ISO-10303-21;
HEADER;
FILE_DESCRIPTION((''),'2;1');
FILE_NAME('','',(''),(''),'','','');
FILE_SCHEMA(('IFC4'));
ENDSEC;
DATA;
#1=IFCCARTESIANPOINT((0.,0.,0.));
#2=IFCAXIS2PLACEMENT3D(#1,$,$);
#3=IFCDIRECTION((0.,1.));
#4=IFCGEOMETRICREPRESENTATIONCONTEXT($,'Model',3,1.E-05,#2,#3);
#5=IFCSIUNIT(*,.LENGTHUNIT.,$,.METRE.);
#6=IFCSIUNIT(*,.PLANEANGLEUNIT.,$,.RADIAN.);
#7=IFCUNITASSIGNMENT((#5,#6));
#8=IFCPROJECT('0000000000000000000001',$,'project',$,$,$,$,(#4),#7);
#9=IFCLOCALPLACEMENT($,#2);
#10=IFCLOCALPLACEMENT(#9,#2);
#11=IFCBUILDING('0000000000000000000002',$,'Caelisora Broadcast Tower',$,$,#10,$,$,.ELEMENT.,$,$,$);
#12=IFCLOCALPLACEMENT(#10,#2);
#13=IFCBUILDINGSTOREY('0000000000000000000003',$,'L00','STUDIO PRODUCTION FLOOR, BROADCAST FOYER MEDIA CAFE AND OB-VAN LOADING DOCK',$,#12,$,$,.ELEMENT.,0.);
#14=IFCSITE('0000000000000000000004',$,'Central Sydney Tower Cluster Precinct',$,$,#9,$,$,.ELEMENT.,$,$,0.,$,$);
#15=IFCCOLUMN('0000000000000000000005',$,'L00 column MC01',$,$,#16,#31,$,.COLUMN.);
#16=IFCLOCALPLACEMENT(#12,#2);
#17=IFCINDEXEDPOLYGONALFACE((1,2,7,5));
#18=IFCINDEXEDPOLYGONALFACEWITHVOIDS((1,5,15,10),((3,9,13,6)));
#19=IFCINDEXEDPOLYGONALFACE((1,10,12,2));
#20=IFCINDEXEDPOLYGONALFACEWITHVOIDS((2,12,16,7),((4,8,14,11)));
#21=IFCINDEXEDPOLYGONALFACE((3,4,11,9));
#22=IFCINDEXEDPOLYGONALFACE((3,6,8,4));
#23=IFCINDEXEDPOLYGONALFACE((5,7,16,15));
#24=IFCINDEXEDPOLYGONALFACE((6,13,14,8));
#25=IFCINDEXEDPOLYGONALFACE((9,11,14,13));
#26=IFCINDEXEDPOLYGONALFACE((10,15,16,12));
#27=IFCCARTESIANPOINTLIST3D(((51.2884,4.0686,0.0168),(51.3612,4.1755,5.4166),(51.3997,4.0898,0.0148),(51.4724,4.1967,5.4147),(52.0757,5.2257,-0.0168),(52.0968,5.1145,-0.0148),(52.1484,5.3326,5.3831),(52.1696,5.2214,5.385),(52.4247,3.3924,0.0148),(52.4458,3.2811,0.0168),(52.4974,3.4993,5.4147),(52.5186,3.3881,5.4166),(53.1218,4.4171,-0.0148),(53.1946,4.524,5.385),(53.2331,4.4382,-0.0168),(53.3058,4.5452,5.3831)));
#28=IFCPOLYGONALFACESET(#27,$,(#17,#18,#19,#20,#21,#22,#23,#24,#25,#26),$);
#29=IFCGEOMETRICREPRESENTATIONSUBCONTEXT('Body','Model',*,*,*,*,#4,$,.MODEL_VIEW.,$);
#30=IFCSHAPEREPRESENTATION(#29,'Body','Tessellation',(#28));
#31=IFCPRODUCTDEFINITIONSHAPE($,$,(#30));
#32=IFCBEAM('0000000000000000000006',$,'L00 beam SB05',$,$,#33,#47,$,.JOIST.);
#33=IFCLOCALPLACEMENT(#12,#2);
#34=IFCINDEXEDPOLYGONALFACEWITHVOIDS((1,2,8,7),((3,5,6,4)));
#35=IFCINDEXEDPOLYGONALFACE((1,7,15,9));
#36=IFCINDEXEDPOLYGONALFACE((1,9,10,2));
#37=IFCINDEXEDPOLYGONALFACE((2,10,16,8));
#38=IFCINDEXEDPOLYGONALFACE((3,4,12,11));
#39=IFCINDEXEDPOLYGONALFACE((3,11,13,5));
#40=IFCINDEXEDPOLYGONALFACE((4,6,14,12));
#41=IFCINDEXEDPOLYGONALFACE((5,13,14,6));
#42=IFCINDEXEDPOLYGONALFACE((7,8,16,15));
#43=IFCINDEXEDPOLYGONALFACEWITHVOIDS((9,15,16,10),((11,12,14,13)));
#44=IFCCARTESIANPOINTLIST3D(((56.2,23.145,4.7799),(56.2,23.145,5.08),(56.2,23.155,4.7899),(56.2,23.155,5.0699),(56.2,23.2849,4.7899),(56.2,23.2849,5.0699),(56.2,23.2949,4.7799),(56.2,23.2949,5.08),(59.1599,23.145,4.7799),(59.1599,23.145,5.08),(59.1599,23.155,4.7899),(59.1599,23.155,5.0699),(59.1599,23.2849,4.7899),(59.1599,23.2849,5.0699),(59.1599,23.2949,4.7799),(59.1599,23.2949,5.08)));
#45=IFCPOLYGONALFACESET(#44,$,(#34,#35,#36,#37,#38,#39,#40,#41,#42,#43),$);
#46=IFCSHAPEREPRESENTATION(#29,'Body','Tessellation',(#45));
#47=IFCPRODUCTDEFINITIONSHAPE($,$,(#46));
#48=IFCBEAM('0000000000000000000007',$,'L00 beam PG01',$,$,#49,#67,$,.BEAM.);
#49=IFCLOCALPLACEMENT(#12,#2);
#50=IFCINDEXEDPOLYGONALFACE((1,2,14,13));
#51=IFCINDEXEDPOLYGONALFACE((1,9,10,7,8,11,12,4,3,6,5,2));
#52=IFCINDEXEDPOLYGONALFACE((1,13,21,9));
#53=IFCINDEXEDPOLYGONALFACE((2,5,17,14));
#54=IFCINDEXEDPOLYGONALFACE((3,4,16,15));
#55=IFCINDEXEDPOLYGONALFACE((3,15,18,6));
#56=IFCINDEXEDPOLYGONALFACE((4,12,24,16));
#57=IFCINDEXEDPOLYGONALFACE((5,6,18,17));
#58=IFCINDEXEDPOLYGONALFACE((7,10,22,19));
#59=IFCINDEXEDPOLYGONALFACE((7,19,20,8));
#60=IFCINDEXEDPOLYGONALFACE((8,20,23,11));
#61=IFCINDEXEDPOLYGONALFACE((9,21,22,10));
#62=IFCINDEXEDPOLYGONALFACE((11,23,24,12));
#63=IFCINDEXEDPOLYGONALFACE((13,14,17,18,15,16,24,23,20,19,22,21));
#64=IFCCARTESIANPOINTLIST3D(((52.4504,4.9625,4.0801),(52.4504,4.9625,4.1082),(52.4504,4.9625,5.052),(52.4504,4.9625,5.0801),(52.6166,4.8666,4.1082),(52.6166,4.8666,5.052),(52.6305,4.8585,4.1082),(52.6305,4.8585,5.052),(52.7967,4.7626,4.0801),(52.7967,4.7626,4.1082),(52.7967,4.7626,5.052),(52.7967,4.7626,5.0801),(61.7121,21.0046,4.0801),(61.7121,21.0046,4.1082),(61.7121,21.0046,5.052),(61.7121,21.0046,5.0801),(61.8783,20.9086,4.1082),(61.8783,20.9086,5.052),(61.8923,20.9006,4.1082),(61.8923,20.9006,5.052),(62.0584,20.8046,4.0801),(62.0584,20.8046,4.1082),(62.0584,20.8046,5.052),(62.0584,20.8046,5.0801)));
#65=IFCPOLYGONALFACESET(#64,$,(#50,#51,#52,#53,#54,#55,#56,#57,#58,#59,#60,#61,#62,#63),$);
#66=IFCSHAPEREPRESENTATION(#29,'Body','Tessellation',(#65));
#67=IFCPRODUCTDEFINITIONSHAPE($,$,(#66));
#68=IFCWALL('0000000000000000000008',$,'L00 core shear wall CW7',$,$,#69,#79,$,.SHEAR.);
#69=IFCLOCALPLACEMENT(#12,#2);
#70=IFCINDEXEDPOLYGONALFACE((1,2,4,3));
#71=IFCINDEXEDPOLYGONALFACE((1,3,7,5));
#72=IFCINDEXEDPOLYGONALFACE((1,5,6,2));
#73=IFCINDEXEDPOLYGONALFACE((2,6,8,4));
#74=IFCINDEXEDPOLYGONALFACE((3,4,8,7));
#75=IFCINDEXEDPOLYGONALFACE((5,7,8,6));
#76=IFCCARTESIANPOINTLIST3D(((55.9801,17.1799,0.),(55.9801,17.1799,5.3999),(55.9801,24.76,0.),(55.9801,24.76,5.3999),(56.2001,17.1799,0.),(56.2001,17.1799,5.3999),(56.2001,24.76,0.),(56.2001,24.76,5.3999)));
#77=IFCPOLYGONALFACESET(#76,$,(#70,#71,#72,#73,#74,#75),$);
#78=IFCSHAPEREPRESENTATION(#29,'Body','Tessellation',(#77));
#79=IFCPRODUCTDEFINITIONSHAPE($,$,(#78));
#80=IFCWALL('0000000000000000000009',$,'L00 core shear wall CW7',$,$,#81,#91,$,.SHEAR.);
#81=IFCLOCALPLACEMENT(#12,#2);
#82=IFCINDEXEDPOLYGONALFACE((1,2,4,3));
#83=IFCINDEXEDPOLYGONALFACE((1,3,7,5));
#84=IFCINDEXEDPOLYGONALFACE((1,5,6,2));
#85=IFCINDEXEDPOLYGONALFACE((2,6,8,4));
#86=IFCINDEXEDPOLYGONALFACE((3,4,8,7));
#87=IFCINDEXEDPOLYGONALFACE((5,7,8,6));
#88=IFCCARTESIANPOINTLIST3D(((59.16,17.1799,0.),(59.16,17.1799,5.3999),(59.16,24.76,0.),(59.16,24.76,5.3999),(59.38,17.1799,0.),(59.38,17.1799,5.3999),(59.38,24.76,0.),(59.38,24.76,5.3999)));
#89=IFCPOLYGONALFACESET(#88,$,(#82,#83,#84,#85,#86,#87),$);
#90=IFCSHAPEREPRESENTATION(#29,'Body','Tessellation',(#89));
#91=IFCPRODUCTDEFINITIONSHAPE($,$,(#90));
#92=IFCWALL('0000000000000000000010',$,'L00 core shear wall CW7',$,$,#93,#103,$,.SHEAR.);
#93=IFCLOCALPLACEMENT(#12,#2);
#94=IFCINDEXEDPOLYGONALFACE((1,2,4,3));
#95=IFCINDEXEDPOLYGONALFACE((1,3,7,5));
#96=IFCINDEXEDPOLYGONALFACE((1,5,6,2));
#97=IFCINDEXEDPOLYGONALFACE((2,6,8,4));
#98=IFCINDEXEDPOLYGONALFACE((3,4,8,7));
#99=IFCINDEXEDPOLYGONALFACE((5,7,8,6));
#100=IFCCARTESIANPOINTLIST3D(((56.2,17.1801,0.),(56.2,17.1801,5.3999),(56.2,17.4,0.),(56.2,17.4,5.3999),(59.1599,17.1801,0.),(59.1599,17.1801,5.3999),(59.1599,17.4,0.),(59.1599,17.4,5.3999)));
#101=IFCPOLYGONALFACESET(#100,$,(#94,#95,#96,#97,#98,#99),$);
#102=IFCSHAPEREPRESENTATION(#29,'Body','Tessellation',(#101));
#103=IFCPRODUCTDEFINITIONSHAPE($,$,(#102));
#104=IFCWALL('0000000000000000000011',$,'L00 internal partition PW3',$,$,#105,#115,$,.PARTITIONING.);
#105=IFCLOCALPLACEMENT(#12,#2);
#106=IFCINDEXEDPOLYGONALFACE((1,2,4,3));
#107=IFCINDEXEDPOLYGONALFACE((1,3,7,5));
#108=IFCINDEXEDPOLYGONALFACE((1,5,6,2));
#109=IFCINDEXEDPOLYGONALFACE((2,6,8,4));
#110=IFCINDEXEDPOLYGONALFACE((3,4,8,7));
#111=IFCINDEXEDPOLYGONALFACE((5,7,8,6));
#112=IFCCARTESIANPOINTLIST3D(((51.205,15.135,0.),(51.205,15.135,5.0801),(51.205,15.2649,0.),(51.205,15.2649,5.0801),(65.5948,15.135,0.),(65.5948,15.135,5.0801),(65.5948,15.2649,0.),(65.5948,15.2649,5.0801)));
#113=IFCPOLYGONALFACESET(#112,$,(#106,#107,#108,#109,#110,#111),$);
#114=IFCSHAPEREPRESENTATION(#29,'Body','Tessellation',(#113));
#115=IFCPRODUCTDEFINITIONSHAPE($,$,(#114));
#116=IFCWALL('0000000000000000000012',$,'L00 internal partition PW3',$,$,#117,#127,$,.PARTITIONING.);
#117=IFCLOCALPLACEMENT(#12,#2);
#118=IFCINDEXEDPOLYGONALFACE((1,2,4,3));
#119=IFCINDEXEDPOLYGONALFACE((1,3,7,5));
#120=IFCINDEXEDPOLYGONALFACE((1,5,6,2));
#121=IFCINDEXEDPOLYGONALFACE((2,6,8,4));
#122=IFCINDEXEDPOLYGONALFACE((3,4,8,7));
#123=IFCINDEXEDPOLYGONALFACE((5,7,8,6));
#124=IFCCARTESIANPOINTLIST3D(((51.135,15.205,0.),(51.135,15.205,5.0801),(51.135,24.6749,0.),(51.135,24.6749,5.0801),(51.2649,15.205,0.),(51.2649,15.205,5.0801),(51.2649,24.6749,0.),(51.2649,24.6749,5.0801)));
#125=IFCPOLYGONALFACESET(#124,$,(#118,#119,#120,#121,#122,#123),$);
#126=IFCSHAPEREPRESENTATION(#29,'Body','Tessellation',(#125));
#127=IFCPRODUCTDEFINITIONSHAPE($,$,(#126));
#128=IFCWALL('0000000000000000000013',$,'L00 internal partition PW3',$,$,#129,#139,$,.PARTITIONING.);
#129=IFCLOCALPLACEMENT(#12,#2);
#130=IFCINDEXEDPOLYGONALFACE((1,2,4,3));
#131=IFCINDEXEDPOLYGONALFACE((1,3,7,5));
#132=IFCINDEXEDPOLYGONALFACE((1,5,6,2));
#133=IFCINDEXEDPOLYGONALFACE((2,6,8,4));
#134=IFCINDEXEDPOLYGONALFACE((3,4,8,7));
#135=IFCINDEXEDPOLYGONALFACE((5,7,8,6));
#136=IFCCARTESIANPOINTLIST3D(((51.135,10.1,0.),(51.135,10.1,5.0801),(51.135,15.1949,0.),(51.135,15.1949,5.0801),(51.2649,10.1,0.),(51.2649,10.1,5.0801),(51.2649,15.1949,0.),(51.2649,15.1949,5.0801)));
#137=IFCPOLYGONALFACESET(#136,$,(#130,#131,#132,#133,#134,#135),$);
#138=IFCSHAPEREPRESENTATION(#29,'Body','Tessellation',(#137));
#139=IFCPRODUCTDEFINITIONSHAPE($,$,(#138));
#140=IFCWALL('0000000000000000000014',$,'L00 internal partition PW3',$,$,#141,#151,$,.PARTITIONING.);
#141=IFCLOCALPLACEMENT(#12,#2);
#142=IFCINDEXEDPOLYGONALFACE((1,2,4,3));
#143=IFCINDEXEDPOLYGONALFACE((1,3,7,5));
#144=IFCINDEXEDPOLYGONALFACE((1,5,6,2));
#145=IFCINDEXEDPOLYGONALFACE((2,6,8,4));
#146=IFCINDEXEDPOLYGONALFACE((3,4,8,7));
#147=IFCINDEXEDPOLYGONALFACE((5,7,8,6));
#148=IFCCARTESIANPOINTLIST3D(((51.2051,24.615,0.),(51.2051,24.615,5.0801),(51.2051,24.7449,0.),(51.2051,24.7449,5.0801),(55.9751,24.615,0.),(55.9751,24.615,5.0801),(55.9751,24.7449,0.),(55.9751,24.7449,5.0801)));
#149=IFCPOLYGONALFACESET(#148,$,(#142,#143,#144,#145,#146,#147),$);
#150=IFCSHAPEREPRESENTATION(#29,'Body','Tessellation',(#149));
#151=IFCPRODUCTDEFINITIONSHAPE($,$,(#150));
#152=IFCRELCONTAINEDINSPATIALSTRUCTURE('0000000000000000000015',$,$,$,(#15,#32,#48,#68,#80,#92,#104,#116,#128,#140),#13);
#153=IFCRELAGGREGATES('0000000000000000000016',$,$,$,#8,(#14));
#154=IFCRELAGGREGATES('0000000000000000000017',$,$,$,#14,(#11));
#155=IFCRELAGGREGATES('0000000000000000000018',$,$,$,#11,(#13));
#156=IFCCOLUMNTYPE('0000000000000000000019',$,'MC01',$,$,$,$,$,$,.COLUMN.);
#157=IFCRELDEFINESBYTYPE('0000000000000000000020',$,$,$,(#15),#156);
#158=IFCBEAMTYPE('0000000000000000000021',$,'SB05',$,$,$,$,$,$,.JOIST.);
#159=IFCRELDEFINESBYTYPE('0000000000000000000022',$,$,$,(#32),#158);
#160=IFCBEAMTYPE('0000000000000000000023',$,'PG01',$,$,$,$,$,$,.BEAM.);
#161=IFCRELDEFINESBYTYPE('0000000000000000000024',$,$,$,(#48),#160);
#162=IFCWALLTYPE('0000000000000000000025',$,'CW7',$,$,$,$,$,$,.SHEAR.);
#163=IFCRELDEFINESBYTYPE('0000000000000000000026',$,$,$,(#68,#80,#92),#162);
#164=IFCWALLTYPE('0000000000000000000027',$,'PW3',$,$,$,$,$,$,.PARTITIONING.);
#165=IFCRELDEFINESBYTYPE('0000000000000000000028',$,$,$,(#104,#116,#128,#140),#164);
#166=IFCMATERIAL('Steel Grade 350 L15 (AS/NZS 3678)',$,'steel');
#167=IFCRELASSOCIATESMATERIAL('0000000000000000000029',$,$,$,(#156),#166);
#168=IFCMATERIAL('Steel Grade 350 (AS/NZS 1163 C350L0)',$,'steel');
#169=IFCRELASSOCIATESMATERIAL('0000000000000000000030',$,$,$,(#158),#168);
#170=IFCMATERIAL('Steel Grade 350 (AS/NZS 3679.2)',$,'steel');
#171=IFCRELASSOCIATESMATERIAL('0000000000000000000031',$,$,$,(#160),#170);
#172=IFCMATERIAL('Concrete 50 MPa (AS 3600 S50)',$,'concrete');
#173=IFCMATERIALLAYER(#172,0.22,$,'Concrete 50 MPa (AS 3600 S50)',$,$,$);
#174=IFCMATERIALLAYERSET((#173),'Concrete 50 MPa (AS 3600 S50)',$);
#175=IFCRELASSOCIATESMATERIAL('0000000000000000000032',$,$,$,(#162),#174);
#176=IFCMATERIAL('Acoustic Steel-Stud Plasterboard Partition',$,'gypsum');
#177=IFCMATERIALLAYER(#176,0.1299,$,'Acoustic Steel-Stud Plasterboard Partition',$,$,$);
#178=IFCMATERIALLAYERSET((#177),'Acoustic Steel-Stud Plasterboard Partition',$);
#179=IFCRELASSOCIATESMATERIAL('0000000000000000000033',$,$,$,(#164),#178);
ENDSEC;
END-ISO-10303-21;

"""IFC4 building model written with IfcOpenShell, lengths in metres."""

from ifc_helpers import new_model, si_unit, direction, frame, frame_2d, origin, origin_2d, place, context, subcontext, project, spatial, rectangle, hollow_rectangle, i_section, extrude, source, transform, mapped, material, layer, layer_set, material_profile, profile_set, type_object, type_shapes, element, save


model = new_model("IFC4")

# Units and contexts
model_context = context("Model", 3, precision=1e-05, world=origin(), true_north=direction((0.0, 1.0)))
body_context = subcontext(model_context, "Body", "Model", "MODEL_VIEW")
ifc_project = project(units=[si_unit("LENGTHUNIT", "METRE"), si_unit("PLANEANGLEUNIT", "RADIAN")], contexts=[model_context])

# Site, building, storey
site_placement = place(None, origin())
site = spatial("IfcSite", under=ifc_project, at=site_placement, Name="Central Sydney Tower Cluster Precinct", CompositionType="ELEMENT", RefElevation=0.0)
building_placement = place(site_placement, origin())
building = spatial("IfcBuilding", under=site, at=building_placement, Name="Caelisora Broadcast Tower", CompositionType="ELEMENT")
storey_placement = place(building_placement, origin())
storey = spatial("IfcBuildingStorey", under=building, at=storey_placement, Name="L00", Description="STUDIO PRODUCTION FLOOR, BROADCAST FOYER MEDIA CAFE AND OB-VAN LOADING DOCK", CompositionType="ELEMENT", Elevation=0.0)

# Column
ifc_material_1 = material(Name="Steel Grade 350 L15 (AS/NZS 3678)", Category="steel")
ifc_material_profile_1 = material_profile(ifc_material_1, hollow_rectangle(XDim=1.3999, YDim=1.3999, WallThickness=0.0801, at=origin_2d()), Name="Steel Grade 350 L15 (AS/NZS 3678)")
ifc_profile_set_1 = profile_set([ifc_material_profile_1], Name="Steel Grade 350 L15 (AS/NZS 3678)")
column_type = type_object("IfcColumnType", Name="MC01", PredefinedType="COLUMN", material=ifc_profile_set_1)
shared_shape_1 = source(origin(), body_context, "Body", "SweptSolid", [
    extrude(hollow_rectangle(XDim=1.3999, YDim=1.3999, WallThickness=0.0801, at=origin_2d()), origin(), (0.0, 0.0, 1.0), 5.4014),
])
type_shapes(column_type, [shared_shape_1])
column_placement = place(storey_placement, frame((52.2607, 4.2534, 0.0), z_axis=(0.013469, 0.019797, 0.999713), x_axis=(-0.826786, 0.562517, 0.0)))
element("IfcColumn", 1, at=column_placement, inside=storey, type_object=column_type, Name="L00 column MC01", PredefinedType="COLUMN", context=body_context, shape_type="MappedRepresentation", body=[
    mapped(shared_shape_1, transform((0.0, 0.0, 0.0), scale=1.0)),
])

# Beams
ifc_material_2 = material(Name="Steel Grade 350 (AS/NZS 1163 C350L0)", Category="steel")
ifc_material_profile_2 = material_profile(ifc_material_2, hollow_rectangle(XDim=0.1499, YDim=0.3, WallThickness=0.01, at=origin_2d()), Name="Steel Grade 350 (AS/NZS 1163 C350L0)")
ifc_profile_set_2 = profile_set([ifc_material_profile_2], Name="Steel Grade 350 (AS/NZS 1163 C350L0)")
beam_type_1 = type_object("IfcBeamType", Name="SB05", PredefinedType="JOIST", material=ifc_profile_set_2)
shared_shape_2 = source(origin(), body_context, "Body", "SweptSolid", [
    extrude(hollow_rectangle(XDim=0.1499, YDim=0.3, WallThickness=0.01, at=origin_2d()), origin(), (0.0, 0.0, 1.0), 2.96),
])
type_shapes(beam_type_1, [shared_shape_2])
beam_1_placement = place(storey_placement, frame((56.2, 23.22, 4.9299), z_axis=(1.0, 0.0, 0.0), x_axis=(0.0, 1.0, 0.0)))
element("IfcBeam", 2, at=beam_1_placement, inside=storey, type_object=beam_type_1, Name="L00 beam SB05", PredefinedType="JOIST", context=body_context, shape_type="MappedRepresentation", body=[
    mapped(shared_shape_2, transform((0.0, 0.0, 0.0), scale=1.0)),
])
ifc_material_3 = material(Name="Steel Grade 350 (AS/NZS 3679.2)", Category="steel")
ifc_material_profile_3 = material_profile(ifc_material_3, i_section(OverallWidth=0.3999, OverallDepth=1.0, WebThickness=0.0161, FlangeThickness=0.0281, at=origin_2d()), Name="Steel Grade 350 (AS/NZS 3679.2)")
ifc_profile_set_3 = profile_set([ifc_material_profile_3], Name="Steel Grade 350 (AS/NZS 3679.2)")
beam_type_2 = type_object("IfcBeamType", Name="PG01", PredefinedType="BEAM", material=ifc_profile_set_3)
shared_shape_3 = source(origin(), body_context, "Body", "SweptSolid", [
    extrude(i_section(OverallWidth=0.3999, OverallDepth=1.0, WebThickness=0.0161, FlangeThickness=0.0281, at=origin_2d()), origin(), (0.0, 0.0, 1.0), 18.5237),
])
type_shapes(beam_type_2, [shared_shape_3])
beam_2_placement = place(storey_placement, frame((52.6235, 4.8625, 4.5801), z_axis=(0.499995, 0.866028, 0.0), x_axis=(-0.866028, 0.499995, 0.0)))
element("IfcBeam", 3, at=beam_2_placement, inside=storey, type_object=beam_type_2, Name="L00 beam PG01", PredefinedType="BEAM", context=body_context, shape_type="MappedRepresentation", body=[
    mapped(shared_shape_3, transform((0.0, 0.0, 0.0), scale=1.0)),
])

# Walls
ifc_material_4 = material(Name="Concrete 50 MPa (AS 3600 S50)", Category="concrete")
ifc_layer_1 = layer(ifc_material_4, 0.22, Name="Concrete 50 MPa (AS 3600 S50)")
ifc_layer_set_1 = layer_set([ifc_layer_1], Name="Concrete 50 MPa (AS 3600 S50)")
wall_type_1 = type_object("IfcWallType", Name="CW7", PredefinedType="SHEAR", material=ifc_layer_set_1)
for number, where, z_axis, x_axis, name in (
    (4, (56.0901, 17.1799, 0.0), (0.0, 0.0, 1.0), (0.0, 1.0, 0.0), "L00 core shear wall CW7"),
    (5, (59.27, 17.1799, 0.0), (0.0, 0.0, 1.0), (0.0, 1.0, 0.0), "L00 core shear wall CW7"),
):
    element("IfcWall", number, at=place(storey_placement, frame(where, z_axis=z_axis, x_axis=x_axis)), inside=storey, type_object=wall_type_1, Name=name, PredefinedType="SHEAR", context=body_context, shape_type="SweptSolid", body=[
        extrude(rectangle(XDim=7.5801, YDim=0.22, at=frame_2d((3.79, 0.0))), origin(), (0.0, 0.0, 1.0), 5.3999),
    ])
wall_1_placement = place(storey_placement, frame((56.2, 17.29, 0.0), z_axis=(0.0, 0.0, 1.0), x_axis=(1.0, 0.0, 0.0)))
element("IfcWall", 6, at=wall_1_placement, inside=storey, type_object=wall_type_1, Name="L00 core shear wall CW7", PredefinedType="SHEAR", context=body_context, shape_type="SweptSolid", body=[
    extrude(rectangle(XDim=2.96, YDim=0.22, at=frame_2d((1.48, 0.0))), origin(), (0.0, 0.0, 1.0), 5.3999),
])

# Walls
ifc_material_5 = material(Name="Acoustic Steel-Stud Plasterboard Partition", Category="gypsum")
ifc_layer_2 = layer(ifc_material_5, 0.1299, Name="Acoustic Steel-Stud Plasterboard Partition")
ifc_layer_set_2 = layer_set([ifc_layer_2], Name="Acoustic Steel-Stud Plasterboard Partition")
wall_type_2 = type_object("IfcWallType", Name="PW3", PredefinedType="PARTITIONING", material=ifc_layer_set_2)
wall_2_placement = place(storey_placement, frame((51.2051, 15.2, 0.0), z_axis=(0.0, 0.0, 1.0), x_axis=(1.0, 0.0, 0.0)))
element("IfcWall", 7, at=wall_2_placement, inside=storey, type_object=wall_type_2, Name="L00 internal partition PW3", PredefinedType="PARTITIONING", context=body_context, shape_type="SweptSolid", body=[
    extrude(rectangle(XDim=14.3899, YDim=0.1299, at=frame_2d((7.1948, 0.0))), origin(), (0.0, 0.0, 1.0), 5.0801),
])
wall_3_placement = place(storey_placement, frame((51.2, 15.2051, 0.0), z_axis=(0.0, 0.0, 1.0), x_axis=(0.0, 1.0, 0.0)))
element("IfcWall", 8, at=wall_3_placement, inside=storey, type_object=wall_type_2, Name="L00 internal partition PW3", PredefinedType="PARTITIONING", context=body_context, shape_type="SweptSolid", body=[
    extrude(rectangle(XDim=9.47, YDim=0.1299, at=frame_2d((4.7349, 0.0))), origin(), (0.0, 0.0, 1.0), 5.0801),
])
wall_4_placement = place(storey_placement, frame((51.2, 10.1001, 0.0), z_axis=(0.0, 0.0, 1.0), x_axis=(0.0, 1.0, 0.0)))
element("IfcWall", 9, at=wall_4_placement, inside=storey, type_object=wall_type_2, Name="L00 internal partition PW3", PredefinedType="PARTITIONING", context=body_context, shape_type="SweptSolid", body=[
    extrude(rectangle(XDim=5.095, YDim=0.1299, at=frame_2d((2.5474, 0.0))), origin(), (0.0, 0.0, 1.0), 5.0801),
])
wall_5_placement = place(storey_placement, frame((51.2051, 24.6799, 0.0), z_axis=(0.0, 0.0, 1.0), x_axis=(1.0, 0.0, 0.0)))
element("IfcWall", 10, at=wall_5_placement, inside=storey, type_object=wall_type_2, Name="L00 internal partition PW3", PredefinedType="PARTITIONING", context=body_context, shape_type="SweptSolid", body=[
    extrude(rectangle(XDim=4.77, YDim=0.1299, at=frame_2d((2.385, 0.0))), origin(), (0.0, 0.0, 1.0), 5.0801),
])

save(model, "model.ifc")
